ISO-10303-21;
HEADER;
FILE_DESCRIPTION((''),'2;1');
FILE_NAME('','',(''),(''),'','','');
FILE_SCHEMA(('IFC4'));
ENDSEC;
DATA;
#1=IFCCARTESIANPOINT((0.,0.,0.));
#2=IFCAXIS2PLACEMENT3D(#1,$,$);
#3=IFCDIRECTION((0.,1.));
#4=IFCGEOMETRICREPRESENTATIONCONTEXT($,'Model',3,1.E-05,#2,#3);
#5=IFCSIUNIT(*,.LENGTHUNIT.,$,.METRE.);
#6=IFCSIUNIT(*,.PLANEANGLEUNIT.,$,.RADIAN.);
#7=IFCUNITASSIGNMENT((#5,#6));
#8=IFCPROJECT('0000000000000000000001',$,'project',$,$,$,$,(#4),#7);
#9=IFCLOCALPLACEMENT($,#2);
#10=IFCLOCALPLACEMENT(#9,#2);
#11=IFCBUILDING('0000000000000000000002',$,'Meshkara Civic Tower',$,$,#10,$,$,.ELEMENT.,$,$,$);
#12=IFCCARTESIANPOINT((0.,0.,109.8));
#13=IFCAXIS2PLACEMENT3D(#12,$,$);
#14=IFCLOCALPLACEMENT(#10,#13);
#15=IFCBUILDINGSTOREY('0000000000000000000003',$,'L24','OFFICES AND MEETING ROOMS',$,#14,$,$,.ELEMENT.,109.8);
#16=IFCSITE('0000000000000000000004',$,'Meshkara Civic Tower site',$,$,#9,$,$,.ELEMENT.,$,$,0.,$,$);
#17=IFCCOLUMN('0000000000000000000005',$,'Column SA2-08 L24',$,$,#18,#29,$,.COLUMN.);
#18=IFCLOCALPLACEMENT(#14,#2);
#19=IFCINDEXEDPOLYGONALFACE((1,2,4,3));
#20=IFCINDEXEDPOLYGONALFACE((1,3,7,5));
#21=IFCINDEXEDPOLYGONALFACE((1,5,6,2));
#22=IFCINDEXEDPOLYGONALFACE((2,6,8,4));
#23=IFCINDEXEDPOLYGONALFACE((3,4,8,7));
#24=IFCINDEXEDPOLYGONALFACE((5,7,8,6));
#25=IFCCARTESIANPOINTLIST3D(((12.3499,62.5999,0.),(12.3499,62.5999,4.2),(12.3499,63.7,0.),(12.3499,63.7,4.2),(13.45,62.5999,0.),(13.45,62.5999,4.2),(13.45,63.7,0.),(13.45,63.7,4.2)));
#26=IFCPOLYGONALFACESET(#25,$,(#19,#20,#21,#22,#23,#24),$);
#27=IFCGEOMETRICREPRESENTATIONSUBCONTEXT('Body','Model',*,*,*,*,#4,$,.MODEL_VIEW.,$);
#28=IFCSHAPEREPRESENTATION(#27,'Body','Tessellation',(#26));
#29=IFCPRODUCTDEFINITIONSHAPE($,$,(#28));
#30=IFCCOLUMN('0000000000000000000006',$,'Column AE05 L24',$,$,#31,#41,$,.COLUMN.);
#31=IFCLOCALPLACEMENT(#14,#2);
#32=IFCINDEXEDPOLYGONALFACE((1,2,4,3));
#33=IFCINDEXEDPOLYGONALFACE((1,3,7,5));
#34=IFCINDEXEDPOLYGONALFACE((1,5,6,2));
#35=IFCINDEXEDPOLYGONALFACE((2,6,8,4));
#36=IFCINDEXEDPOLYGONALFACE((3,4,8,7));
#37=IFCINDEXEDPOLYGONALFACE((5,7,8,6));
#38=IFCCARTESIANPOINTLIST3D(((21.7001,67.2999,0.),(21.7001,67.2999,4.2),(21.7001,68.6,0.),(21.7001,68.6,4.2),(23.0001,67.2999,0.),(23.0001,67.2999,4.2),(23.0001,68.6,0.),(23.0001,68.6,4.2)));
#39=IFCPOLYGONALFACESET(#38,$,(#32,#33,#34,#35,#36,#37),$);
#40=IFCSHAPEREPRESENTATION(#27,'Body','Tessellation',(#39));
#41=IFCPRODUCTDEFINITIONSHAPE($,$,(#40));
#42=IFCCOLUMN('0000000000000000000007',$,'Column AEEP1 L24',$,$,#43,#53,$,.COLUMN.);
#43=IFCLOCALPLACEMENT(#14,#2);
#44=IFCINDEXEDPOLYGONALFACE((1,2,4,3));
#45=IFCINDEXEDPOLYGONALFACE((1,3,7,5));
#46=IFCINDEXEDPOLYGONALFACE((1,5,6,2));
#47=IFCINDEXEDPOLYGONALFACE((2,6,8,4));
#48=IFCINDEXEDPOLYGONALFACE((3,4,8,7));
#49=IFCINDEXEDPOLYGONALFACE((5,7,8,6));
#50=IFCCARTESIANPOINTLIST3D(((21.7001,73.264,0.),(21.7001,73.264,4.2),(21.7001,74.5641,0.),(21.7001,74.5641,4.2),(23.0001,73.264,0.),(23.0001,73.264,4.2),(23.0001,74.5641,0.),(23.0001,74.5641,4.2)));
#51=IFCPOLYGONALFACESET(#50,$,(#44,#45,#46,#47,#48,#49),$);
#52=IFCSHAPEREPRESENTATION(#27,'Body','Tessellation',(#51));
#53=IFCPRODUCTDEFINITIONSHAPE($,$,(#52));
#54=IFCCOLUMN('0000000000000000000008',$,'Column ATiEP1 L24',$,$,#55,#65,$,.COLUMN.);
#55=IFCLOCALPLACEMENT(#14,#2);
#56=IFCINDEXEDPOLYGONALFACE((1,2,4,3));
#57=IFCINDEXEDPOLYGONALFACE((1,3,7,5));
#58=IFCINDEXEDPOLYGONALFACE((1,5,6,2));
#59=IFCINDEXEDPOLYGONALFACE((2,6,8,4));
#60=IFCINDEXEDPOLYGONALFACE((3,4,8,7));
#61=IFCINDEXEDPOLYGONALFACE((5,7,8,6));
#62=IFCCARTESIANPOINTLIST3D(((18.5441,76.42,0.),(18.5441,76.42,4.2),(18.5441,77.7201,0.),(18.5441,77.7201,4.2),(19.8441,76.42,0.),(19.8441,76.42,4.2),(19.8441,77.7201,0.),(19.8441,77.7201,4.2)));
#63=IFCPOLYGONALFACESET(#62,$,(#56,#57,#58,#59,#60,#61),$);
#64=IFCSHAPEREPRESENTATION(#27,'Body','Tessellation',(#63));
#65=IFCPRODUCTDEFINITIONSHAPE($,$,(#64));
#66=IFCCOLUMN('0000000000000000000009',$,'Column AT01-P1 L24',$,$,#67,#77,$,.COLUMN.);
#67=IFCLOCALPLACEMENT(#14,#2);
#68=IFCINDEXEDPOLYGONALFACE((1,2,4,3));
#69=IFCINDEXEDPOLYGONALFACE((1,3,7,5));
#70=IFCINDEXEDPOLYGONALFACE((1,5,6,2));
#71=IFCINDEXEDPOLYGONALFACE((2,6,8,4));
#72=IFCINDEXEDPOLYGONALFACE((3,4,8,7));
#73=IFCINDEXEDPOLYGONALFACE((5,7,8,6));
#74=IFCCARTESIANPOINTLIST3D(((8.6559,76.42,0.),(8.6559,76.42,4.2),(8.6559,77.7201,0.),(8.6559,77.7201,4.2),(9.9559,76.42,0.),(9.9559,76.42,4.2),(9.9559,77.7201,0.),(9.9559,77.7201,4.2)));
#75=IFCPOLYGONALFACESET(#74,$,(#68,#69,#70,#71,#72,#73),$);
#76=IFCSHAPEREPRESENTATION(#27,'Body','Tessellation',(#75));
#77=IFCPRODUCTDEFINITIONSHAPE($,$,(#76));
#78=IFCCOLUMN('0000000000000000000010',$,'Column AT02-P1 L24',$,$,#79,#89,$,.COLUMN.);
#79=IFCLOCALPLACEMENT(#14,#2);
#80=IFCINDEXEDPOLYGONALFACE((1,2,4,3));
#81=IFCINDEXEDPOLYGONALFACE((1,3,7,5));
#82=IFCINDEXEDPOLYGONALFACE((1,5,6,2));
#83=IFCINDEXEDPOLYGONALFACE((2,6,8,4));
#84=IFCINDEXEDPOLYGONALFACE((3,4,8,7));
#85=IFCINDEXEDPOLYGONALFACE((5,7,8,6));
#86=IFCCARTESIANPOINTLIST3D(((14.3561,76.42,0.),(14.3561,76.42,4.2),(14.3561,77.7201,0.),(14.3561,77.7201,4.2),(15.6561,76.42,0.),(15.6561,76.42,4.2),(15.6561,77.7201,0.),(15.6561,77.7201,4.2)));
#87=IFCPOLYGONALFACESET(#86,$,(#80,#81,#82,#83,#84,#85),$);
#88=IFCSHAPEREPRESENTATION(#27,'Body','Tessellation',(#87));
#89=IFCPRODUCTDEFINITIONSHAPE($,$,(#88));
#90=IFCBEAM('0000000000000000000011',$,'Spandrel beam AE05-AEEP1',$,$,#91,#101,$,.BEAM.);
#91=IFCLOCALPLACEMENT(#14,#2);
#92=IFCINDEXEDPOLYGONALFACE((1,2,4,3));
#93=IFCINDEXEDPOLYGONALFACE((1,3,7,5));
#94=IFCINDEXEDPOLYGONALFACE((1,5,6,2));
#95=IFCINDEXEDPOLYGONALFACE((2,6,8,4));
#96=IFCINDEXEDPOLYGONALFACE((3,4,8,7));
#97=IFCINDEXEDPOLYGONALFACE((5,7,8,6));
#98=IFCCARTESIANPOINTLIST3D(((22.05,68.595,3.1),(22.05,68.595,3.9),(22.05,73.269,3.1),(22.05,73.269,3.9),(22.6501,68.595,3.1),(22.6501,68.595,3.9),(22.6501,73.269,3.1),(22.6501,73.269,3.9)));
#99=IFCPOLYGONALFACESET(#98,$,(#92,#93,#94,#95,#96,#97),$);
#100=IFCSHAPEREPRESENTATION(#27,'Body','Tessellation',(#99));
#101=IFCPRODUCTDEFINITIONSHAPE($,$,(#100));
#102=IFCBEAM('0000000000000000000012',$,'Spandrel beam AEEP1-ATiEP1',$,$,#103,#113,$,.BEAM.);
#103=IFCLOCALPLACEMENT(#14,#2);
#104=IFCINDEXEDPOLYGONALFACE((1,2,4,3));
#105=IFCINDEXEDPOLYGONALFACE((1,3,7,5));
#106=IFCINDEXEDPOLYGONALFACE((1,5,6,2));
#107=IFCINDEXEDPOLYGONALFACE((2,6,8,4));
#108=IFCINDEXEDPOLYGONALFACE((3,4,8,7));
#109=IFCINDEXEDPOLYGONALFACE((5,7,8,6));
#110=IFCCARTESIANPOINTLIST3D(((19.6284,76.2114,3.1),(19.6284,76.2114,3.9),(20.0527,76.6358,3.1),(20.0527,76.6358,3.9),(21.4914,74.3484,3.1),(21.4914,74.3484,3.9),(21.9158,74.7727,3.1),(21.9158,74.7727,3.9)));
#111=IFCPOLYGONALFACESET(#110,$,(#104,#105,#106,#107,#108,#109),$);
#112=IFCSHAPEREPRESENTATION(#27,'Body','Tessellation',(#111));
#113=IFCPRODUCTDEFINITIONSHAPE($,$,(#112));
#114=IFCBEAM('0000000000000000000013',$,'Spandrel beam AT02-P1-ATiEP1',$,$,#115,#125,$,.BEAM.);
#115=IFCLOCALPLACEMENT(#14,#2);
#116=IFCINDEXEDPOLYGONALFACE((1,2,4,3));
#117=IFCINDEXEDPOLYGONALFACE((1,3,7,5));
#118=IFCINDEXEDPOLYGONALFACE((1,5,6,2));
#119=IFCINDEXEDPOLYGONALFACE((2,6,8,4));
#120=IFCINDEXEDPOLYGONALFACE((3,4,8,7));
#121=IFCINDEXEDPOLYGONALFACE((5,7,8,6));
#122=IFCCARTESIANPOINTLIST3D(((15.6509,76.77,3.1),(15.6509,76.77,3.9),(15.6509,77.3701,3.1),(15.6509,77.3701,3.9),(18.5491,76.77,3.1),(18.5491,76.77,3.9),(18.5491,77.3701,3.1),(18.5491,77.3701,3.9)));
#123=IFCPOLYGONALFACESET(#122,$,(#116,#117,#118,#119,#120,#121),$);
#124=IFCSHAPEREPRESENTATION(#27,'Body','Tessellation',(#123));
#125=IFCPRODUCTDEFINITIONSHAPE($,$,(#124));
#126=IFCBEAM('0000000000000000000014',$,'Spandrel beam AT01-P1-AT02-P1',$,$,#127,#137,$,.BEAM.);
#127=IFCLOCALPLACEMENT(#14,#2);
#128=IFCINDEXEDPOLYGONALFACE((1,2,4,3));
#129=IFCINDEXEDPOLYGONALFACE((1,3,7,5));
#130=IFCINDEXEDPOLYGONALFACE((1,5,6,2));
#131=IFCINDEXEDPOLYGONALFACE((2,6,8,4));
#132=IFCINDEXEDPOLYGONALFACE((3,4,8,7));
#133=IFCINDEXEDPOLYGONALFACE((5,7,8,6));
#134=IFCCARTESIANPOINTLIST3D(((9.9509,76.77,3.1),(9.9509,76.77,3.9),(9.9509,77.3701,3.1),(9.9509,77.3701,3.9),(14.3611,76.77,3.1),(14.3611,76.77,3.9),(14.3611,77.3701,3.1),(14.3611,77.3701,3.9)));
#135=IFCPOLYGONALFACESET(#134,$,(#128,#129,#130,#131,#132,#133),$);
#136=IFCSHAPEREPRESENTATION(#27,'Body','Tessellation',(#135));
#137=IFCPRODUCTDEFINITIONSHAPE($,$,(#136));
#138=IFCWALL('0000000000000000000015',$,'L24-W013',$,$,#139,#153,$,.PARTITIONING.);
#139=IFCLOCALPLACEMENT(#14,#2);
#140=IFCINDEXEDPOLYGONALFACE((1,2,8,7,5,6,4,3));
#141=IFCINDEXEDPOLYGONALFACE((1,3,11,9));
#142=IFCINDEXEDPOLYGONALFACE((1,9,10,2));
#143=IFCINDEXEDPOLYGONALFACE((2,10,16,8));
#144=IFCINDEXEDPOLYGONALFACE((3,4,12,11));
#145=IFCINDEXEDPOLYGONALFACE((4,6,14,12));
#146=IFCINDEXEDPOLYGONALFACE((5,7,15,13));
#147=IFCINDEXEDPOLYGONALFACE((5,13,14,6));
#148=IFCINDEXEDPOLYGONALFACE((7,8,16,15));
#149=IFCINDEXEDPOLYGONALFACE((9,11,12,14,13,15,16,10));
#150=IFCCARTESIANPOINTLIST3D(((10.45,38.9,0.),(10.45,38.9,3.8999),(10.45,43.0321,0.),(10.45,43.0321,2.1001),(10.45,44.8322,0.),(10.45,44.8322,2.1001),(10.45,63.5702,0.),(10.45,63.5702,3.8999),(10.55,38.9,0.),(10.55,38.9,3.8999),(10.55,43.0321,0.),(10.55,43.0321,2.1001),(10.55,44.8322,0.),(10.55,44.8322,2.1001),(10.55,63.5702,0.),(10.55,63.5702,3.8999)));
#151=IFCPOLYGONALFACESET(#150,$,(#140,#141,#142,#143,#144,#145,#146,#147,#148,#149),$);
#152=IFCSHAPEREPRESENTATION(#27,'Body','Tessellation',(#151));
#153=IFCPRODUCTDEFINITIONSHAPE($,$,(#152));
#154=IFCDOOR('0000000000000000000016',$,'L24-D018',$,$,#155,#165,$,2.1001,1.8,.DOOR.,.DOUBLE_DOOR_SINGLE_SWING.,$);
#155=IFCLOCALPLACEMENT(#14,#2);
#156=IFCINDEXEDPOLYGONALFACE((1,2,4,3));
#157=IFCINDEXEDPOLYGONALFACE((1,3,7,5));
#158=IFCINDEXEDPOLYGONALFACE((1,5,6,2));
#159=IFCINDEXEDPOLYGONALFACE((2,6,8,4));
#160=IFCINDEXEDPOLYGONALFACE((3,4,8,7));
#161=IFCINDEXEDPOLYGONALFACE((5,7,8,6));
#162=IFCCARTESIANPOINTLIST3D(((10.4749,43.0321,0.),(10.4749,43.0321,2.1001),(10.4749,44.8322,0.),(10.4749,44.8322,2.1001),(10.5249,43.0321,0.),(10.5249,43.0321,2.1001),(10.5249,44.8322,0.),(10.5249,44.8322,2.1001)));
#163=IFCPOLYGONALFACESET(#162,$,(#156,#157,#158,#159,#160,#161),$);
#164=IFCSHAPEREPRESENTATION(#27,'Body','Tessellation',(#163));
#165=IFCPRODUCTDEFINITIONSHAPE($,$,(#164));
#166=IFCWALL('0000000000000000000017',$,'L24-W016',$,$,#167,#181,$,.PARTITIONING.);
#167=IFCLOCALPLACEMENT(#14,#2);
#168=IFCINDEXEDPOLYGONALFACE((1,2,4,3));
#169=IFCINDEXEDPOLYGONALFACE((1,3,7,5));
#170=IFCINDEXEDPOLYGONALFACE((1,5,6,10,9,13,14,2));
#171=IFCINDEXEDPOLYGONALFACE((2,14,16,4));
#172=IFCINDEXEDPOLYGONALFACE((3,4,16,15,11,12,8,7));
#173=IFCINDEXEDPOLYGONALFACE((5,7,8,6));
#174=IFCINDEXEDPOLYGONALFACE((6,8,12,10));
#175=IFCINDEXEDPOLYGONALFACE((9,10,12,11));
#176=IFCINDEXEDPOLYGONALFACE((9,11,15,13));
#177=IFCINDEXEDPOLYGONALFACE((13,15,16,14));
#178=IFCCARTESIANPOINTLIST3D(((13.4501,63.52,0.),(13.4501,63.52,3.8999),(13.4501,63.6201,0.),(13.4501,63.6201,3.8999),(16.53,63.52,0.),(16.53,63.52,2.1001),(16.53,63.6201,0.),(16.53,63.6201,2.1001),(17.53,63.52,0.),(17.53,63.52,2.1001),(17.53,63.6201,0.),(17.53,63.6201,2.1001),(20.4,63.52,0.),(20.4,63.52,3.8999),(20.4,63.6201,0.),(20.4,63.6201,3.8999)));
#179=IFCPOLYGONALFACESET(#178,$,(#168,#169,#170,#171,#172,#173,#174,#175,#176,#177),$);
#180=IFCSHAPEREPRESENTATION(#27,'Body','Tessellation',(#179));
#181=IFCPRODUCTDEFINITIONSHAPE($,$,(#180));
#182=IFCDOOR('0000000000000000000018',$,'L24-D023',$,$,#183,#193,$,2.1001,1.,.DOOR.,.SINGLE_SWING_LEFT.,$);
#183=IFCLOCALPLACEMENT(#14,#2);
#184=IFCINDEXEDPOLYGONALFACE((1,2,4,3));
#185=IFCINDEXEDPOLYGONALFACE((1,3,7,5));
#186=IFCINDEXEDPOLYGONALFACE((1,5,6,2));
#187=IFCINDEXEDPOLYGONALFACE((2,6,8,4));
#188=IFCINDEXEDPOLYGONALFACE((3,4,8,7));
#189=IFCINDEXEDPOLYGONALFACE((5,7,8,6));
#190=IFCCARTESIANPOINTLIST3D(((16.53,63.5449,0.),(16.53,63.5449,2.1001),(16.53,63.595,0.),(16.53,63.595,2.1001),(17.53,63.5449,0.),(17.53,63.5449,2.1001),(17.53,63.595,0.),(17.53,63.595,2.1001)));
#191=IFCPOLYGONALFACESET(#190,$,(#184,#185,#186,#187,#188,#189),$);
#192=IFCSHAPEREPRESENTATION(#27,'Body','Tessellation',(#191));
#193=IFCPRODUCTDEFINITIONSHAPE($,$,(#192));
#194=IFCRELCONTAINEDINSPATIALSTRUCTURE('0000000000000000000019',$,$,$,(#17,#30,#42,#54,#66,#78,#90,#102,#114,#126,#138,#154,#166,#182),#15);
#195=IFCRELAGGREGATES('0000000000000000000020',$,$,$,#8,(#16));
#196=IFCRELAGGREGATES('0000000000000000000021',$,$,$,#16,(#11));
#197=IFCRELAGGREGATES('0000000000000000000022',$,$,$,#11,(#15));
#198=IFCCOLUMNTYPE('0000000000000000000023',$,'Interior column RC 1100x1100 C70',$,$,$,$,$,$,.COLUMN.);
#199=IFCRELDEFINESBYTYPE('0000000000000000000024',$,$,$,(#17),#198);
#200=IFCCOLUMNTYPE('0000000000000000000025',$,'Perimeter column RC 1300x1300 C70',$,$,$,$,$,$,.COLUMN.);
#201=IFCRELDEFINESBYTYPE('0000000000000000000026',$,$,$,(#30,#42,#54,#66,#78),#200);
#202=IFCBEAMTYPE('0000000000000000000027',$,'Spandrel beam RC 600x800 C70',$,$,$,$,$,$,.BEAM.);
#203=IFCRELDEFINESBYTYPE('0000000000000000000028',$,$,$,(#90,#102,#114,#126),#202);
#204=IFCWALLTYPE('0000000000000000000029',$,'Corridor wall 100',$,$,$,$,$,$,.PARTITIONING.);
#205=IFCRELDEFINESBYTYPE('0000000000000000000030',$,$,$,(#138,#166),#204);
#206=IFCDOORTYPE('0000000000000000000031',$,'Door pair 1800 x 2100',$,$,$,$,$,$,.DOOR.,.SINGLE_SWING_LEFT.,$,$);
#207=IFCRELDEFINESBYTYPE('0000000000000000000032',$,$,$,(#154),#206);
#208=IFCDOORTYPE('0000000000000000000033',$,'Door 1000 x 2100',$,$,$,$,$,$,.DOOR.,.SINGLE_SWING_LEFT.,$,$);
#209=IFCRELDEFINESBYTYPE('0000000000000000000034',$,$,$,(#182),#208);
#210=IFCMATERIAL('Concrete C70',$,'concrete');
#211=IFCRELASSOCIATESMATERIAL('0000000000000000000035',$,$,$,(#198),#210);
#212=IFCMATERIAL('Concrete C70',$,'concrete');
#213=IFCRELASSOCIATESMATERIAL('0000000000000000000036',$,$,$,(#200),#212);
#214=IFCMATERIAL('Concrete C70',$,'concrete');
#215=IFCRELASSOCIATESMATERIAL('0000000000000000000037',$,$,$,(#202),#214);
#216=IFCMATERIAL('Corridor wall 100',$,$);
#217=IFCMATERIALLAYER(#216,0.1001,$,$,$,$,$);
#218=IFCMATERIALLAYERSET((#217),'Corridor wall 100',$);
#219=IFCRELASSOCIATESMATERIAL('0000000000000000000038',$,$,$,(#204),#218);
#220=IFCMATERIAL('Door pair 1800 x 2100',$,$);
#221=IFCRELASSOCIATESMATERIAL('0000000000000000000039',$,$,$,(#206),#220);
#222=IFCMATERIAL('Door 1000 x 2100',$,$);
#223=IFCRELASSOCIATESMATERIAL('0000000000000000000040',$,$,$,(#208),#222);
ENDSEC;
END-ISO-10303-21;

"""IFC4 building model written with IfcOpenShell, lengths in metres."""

from ifc_helpers import new_model, si_unit, direction, frame, frame_2d, origin, origin_2d, place, context, subcontext, project, spatial, rectangle, extrude, material, layer, layer_set, material_profile, profile_set, type_object, element, fill, save


model = new_model("IFC4")

# Units and contexts
model_context = context("Model", 3, precision=1e-05, world=origin(), true_north=direction((0.0, 1.0)))
body_context = subcontext(model_context, "Body", "Model", "MODEL_VIEW")
ifc_project = project(units=[si_unit("LENGTHUNIT", "METRE"), si_unit("PLANEANGLEUNIT", "RADIAN")], contexts=[model_context])

# Site, building, storey
site_placement = place(None, origin())
site = spatial("IfcSite", under=ifc_project, at=site_placement, Name="Meshkara Civic Tower site", CompositionType="ELEMENT", RefElevation=0.0)
building_placement = place(site_placement, origin())
building = spatial("IfcBuilding", under=site, at=building_placement, Name="Meshkara Civic Tower", CompositionType="ELEMENT")
storey_placement = place(building_placement, frame((0.0, 0.0, 109.8)))
storey = spatial("IfcBuildingStorey", under=building, at=storey_placement, Name="L24", Description="OFFICES AND MEETING ROOMS", CompositionType="ELEMENT", Elevation=109.8)

# Columns
ifc_material_1 = material(Name="Concrete C70", Category="concrete")
ifc_material_profile_1 = material_profile(ifc_material_1, rectangle(XDim=1.1001, YDim=1.1001, at=origin_2d()))
ifc_profile_set_1 = profile_set([ifc_material_profile_1], Name="Concrete C70")
column_type_1 = type_object("IfcColumnType", Name="Interior column RC 1100x1100 C70", PredefinedType="COLUMN", material=ifc_profile_set_1)
column_placement = place(storey_placement, frame((12.8999, 63.1499, 0.0), z_axis=(0.0, 0.0, 1.0), x_axis=(1.0, 0.0, 0.0)))
element("IfcColumn", 1, at=column_placement, inside=storey, type_object=column_type_1, Name="Column SA2-08 L24", PredefinedType="COLUMN", context=body_context, shape_type="SweptSolid", body=[
    extrude(rectangle(XDim=1.1001, YDim=1.1001, at=origin_2d()), origin(), (0.0, 0.0, 1.0), 4.2),
])
ifc_material_2 = material(Name="Concrete C70", Category="concrete")
ifc_material_profile_2 = material_profile(ifc_material_2, rectangle(XDim=1.3, YDim=1.3, at=origin_2d()))
ifc_profile_set_2 = profile_set([ifc_material_profile_2], Name="Concrete C70")
column_type_2 = type_object("IfcColumnType", Name="Perimeter column RC 1300x1300 C70", PredefinedType="COLUMN", material=ifc_profile_set_2)
for number, where, z_axis, x_axis, name in (
    (2, (22.3501, 67.95, 0.0), (0.0, 0.0, 1.0), (1.0, 0.0, 0.0), "Column AE05 L24"),
    (3, (22.3501, 73.9141, 0.0), (0.0, 0.0, 1.0), (1.0, 0.0, 0.0), "Column AEEP1 L24"),
    (4, (19.1941, 77.0701, 0.0), (0.0, 0.0, 1.0), (1.0, 0.0, 0.0), "Column ATiEP1 L24"),
    (5, (9.3059, 77.0701, 0.0), (0.0, 0.0, 1.0), (1.0, 0.0, 0.0), "Column AT01-P1 L24"),
    (6, (15.0061, 77.0701, 0.0), (0.0, 0.0, 1.0), (1.0, 0.0, 0.0), "Column AT02-P1 L24"),
):
    element("IfcColumn", number, at=place(storey_placement, frame(where, z_axis=z_axis, x_axis=x_axis)), inside=storey, type_object=column_type_2, Name=name, PredefinedType="COLUMN", context=body_context, shape_type="SweptSolid", body=[
        extrude(rectangle(XDim=1.3, YDim=1.3, at=origin_2d()), origin(), (0.0, 0.0, 1.0), 4.2),
    ])

# Beams
ifc_material_3 = material(Name="Concrete C70", Category="concrete")
ifc_material_profile_3 = material_profile(ifc_material_3, rectangle(XDim=0.6001, YDim=0.8, at=origin_2d()))
ifc_profile_set_3 = profile_set([ifc_material_profile_3], Name="Concrete C70")
beam_type = type_object("IfcBeamType", Name="Spandrel beam RC 600x800 C70", PredefinedType="BEAM", material=ifc_profile_set_3)
beam_1_placement = place(storey_placement, frame((22.3501, 68.595, 3.5), z_axis=(0.0, 1.0, 0.0), x_axis=(-1.0, 0.0, 0.0)))
element("IfcBeam", 7, at=beam_1_placement, inside=storey, type_object=beam_type, Name="Spandrel beam AE05-AEEP1", PredefinedType="BEAM", context=body_context, shape_type="SweptSolid", body=[
    extrude(rectangle(XDim=0.6001, YDim=0.8, at=origin_2d()), origin(), (0.0, 0.0, 1.0), 4.6741),
])
beam_2_placement = place(storey_placement, frame((21.7036, 74.5605, 3.5), z_axis=(-0.707107, 0.707107, 0.0), x_axis=(-0.707107, -0.707107, 0.0)))
element("IfcBeam", 8, at=beam_2_placement, inside=storey, type_object=beam_type, Name="Spandrel beam AEEP1-ATiEP1", PredefinedType="BEAM", context=body_context, shape_type="SweptSolid", body=[
    extrude(rectangle(XDim=0.6001, YDim=0.8, at=origin_2d()), origin(), (0.0, 0.0, 1.0), 2.6348),
])
beam_3_placement = place(storey_placement, frame((18.5491, 77.0701, 3.5), z_axis=(-1.0, 0.0, 0.0), x_axis=(0.0, -1.0, 0.0)))
element("IfcBeam", 9, at=beam_3_placement, inside=storey, type_object=beam_type, Name="Spandrel beam AT02-P1-ATiEP1", PredefinedType="BEAM", context=body_context, shape_type="SweptSolid", body=[
    extrude(rectangle(XDim=0.6001, YDim=0.8, at=origin_2d()), origin(), (0.0, 0.0, 1.0), 2.8982),
])
beam_4_placement = place(storey_placement, frame((14.3611, 77.0701, 3.5), z_axis=(-1.0, 0.0, 0.0), x_axis=(0.0, -1.0, 0.0)))
element("IfcBeam", 10, at=beam_4_placement, inside=storey, type_object=beam_type, Name="Spandrel beam AT01-P1-AT02-P1", PredefinedType="BEAM", context=body_context, shape_type="SweptSolid", body=[
    extrude(rectangle(XDim=0.6001, YDim=0.8, at=origin_2d()), origin(), (0.0, 0.0, 1.0), 4.4102),
])

# Walls, openings, doors
ifc_material_4 = material(Name="Corridor wall 100")
ifc_layer_1 = layer(ifc_material_4, 0.1001)
ifc_layer_set_1 = layer_set([ifc_layer_1], Name="Corridor wall 100")
wall_type_1 = type_object("IfcWallType", Name="Corridor wall 100", PredefinedType="PARTITIONING", material=ifc_layer_set_1)
wall_1_placement = place(storey_placement, frame((10.5, 63.5701, 0.0), z_axis=(0.0, 0.0, 1.0), x_axis=(0.0, -1.0, 0.0)))
wall_1 = element("IfcWall", 11, at=wall_1_placement, inside=storey, type_object=wall_type_1, Name="L24-W013", PredefinedType="PARTITIONING", context=body_context, shape_type="SweptSolid", body=[
    extrude(rectangle(XDim=24.6702, YDim=0.1001, at=frame_2d((12.335, 0.0))), origin(), (0.0, 0.0, 1.0), 3.8999),
])
opening_1_placement = place(wall_1_placement, frame((18.738, 0.0, 0.0)))
opening_1 = element("IfcOpeningElement", 12, at=opening_1_placement, cuts=wall_1, PredefinedType="OPENING", context=body_context, shape_type="SweptSolid", body=[
    extrude(rectangle(XDim=1.8, YDim=2.1001, at=frame_2d((0.8999, 1.05))), frame((0.0, 0.0601, 0.0), z_axis=(0.0, -1.0, 0.0), x_axis=(1.0, 0.0, 0.0)), (0.0, 0.0, 1.0), 0.1201),
])
ifc_material_5 = material(Name="Door pair 1800 x 2100")
door_type_1 = type_object("IfcDoorType", Name="Door pair 1800 x 2100", OperationType="SINGLE_SWING_LEFT", PredefinedType="DOOR", material=ifc_material_5)
door_1_placement = place(opening_1_placement, origin())
door_1 = element("IfcDoor", 13, at=door_1_placement, inside=storey, type_object=door_type_1, Name="L24-D018", OperationType="DOUBLE_DOOR_SINGLE_SWING", OverallHeight=2.1001, OverallWidth=1.8, PredefinedType="DOOR", context=body_context, shape_type="SweptSolid", body=[
    extrude(rectangle(XDim=1.8, YDim=2.1001, at=frame_2d((0.8999, 1.05))), frame((0.0, 0.0249, 0.0), z_axis=(0.0, -1.0, 0.0), x_axis=(1.0, 0.0, 0.0)), (0.0, 0.0, 1.0), 0.05),
])
fill(opening_1, door_1)
wall_2_placement = place(storey_placement, frame((13.45, 63.5701, 0.0), z_axis=(0.0, 0.0, 1.0), x_axis=(1.0, 0.0, 0.0)))
wall_2 = element("IfcWall", 14, at=wall_2_placement, inside=storey, type_object=wall_type_1, Name="L24-W016", PredefinedType="PARTITIONING", context=body_context, shape_type="SweptSolid", body=[
    extrude(rectangle(XDim=6.95, YDim=0.1001, at=frame_2d((3.4751, 0.0))), origin(), (0.0, 0.0, 1.0), 3.8999),
])
opening_2_placement = place(wall_2_placement, frame((3.0801, 0.0, 0.0)))
opening_2 = element("IfcOpeningElement", 15, at=opening_2_placement, cuts=wall_2, PredefinedType="OPENING", context=body_context, shape_type="SweptSolid", body=[
    extrude(rectangle(XDim=1.0, YDim=2.1001, at=frame_2d((0.5, 1.05))), frame((0.0, 0.0601, 0.0), z_axis=(0.0, -1.0, 0.0), x_axis=(1.0, 0.0, 0.0)), (0.0, 0.0, 1.0), 0.1201),
])
ifc_material_6 = material(Name="Door 1000 x 2100")
door_type_2 = type_object("IfcDoorType", Name="Door 1000 x 2100", OperationType="SINGLE_SWING_LEFT", PredefinedType="DOOR", material=ifc_material_6)
door_2_placement = place(opening_2_placement, origin())
door_2 = element("IfcDoor", 16, at=door_2_placement, inside=storey, type_object=door_type_2, Name="L24-D023", OperationType="SINGLE_SWING_LEFT", OverallHeight=2.1001, OverallWidth=1.0, PredefinedType="DOOR", context=body_context, shape_type="SweptSolid", body=[
    extrude(rectangle(XDim=1.0, YDim=2.1001, at=frame_2d((0.5, 1.05))), frame((0.0, 0.0249, 0.0), z_axis=(0.0, -1.0, 0.0), x_axis=(1.0, 0.0, 0.0)), (0.0, 0.0, 1.0), 0.05),
])
fill(opening_2, door_2)

save(model, "model.ifc")
